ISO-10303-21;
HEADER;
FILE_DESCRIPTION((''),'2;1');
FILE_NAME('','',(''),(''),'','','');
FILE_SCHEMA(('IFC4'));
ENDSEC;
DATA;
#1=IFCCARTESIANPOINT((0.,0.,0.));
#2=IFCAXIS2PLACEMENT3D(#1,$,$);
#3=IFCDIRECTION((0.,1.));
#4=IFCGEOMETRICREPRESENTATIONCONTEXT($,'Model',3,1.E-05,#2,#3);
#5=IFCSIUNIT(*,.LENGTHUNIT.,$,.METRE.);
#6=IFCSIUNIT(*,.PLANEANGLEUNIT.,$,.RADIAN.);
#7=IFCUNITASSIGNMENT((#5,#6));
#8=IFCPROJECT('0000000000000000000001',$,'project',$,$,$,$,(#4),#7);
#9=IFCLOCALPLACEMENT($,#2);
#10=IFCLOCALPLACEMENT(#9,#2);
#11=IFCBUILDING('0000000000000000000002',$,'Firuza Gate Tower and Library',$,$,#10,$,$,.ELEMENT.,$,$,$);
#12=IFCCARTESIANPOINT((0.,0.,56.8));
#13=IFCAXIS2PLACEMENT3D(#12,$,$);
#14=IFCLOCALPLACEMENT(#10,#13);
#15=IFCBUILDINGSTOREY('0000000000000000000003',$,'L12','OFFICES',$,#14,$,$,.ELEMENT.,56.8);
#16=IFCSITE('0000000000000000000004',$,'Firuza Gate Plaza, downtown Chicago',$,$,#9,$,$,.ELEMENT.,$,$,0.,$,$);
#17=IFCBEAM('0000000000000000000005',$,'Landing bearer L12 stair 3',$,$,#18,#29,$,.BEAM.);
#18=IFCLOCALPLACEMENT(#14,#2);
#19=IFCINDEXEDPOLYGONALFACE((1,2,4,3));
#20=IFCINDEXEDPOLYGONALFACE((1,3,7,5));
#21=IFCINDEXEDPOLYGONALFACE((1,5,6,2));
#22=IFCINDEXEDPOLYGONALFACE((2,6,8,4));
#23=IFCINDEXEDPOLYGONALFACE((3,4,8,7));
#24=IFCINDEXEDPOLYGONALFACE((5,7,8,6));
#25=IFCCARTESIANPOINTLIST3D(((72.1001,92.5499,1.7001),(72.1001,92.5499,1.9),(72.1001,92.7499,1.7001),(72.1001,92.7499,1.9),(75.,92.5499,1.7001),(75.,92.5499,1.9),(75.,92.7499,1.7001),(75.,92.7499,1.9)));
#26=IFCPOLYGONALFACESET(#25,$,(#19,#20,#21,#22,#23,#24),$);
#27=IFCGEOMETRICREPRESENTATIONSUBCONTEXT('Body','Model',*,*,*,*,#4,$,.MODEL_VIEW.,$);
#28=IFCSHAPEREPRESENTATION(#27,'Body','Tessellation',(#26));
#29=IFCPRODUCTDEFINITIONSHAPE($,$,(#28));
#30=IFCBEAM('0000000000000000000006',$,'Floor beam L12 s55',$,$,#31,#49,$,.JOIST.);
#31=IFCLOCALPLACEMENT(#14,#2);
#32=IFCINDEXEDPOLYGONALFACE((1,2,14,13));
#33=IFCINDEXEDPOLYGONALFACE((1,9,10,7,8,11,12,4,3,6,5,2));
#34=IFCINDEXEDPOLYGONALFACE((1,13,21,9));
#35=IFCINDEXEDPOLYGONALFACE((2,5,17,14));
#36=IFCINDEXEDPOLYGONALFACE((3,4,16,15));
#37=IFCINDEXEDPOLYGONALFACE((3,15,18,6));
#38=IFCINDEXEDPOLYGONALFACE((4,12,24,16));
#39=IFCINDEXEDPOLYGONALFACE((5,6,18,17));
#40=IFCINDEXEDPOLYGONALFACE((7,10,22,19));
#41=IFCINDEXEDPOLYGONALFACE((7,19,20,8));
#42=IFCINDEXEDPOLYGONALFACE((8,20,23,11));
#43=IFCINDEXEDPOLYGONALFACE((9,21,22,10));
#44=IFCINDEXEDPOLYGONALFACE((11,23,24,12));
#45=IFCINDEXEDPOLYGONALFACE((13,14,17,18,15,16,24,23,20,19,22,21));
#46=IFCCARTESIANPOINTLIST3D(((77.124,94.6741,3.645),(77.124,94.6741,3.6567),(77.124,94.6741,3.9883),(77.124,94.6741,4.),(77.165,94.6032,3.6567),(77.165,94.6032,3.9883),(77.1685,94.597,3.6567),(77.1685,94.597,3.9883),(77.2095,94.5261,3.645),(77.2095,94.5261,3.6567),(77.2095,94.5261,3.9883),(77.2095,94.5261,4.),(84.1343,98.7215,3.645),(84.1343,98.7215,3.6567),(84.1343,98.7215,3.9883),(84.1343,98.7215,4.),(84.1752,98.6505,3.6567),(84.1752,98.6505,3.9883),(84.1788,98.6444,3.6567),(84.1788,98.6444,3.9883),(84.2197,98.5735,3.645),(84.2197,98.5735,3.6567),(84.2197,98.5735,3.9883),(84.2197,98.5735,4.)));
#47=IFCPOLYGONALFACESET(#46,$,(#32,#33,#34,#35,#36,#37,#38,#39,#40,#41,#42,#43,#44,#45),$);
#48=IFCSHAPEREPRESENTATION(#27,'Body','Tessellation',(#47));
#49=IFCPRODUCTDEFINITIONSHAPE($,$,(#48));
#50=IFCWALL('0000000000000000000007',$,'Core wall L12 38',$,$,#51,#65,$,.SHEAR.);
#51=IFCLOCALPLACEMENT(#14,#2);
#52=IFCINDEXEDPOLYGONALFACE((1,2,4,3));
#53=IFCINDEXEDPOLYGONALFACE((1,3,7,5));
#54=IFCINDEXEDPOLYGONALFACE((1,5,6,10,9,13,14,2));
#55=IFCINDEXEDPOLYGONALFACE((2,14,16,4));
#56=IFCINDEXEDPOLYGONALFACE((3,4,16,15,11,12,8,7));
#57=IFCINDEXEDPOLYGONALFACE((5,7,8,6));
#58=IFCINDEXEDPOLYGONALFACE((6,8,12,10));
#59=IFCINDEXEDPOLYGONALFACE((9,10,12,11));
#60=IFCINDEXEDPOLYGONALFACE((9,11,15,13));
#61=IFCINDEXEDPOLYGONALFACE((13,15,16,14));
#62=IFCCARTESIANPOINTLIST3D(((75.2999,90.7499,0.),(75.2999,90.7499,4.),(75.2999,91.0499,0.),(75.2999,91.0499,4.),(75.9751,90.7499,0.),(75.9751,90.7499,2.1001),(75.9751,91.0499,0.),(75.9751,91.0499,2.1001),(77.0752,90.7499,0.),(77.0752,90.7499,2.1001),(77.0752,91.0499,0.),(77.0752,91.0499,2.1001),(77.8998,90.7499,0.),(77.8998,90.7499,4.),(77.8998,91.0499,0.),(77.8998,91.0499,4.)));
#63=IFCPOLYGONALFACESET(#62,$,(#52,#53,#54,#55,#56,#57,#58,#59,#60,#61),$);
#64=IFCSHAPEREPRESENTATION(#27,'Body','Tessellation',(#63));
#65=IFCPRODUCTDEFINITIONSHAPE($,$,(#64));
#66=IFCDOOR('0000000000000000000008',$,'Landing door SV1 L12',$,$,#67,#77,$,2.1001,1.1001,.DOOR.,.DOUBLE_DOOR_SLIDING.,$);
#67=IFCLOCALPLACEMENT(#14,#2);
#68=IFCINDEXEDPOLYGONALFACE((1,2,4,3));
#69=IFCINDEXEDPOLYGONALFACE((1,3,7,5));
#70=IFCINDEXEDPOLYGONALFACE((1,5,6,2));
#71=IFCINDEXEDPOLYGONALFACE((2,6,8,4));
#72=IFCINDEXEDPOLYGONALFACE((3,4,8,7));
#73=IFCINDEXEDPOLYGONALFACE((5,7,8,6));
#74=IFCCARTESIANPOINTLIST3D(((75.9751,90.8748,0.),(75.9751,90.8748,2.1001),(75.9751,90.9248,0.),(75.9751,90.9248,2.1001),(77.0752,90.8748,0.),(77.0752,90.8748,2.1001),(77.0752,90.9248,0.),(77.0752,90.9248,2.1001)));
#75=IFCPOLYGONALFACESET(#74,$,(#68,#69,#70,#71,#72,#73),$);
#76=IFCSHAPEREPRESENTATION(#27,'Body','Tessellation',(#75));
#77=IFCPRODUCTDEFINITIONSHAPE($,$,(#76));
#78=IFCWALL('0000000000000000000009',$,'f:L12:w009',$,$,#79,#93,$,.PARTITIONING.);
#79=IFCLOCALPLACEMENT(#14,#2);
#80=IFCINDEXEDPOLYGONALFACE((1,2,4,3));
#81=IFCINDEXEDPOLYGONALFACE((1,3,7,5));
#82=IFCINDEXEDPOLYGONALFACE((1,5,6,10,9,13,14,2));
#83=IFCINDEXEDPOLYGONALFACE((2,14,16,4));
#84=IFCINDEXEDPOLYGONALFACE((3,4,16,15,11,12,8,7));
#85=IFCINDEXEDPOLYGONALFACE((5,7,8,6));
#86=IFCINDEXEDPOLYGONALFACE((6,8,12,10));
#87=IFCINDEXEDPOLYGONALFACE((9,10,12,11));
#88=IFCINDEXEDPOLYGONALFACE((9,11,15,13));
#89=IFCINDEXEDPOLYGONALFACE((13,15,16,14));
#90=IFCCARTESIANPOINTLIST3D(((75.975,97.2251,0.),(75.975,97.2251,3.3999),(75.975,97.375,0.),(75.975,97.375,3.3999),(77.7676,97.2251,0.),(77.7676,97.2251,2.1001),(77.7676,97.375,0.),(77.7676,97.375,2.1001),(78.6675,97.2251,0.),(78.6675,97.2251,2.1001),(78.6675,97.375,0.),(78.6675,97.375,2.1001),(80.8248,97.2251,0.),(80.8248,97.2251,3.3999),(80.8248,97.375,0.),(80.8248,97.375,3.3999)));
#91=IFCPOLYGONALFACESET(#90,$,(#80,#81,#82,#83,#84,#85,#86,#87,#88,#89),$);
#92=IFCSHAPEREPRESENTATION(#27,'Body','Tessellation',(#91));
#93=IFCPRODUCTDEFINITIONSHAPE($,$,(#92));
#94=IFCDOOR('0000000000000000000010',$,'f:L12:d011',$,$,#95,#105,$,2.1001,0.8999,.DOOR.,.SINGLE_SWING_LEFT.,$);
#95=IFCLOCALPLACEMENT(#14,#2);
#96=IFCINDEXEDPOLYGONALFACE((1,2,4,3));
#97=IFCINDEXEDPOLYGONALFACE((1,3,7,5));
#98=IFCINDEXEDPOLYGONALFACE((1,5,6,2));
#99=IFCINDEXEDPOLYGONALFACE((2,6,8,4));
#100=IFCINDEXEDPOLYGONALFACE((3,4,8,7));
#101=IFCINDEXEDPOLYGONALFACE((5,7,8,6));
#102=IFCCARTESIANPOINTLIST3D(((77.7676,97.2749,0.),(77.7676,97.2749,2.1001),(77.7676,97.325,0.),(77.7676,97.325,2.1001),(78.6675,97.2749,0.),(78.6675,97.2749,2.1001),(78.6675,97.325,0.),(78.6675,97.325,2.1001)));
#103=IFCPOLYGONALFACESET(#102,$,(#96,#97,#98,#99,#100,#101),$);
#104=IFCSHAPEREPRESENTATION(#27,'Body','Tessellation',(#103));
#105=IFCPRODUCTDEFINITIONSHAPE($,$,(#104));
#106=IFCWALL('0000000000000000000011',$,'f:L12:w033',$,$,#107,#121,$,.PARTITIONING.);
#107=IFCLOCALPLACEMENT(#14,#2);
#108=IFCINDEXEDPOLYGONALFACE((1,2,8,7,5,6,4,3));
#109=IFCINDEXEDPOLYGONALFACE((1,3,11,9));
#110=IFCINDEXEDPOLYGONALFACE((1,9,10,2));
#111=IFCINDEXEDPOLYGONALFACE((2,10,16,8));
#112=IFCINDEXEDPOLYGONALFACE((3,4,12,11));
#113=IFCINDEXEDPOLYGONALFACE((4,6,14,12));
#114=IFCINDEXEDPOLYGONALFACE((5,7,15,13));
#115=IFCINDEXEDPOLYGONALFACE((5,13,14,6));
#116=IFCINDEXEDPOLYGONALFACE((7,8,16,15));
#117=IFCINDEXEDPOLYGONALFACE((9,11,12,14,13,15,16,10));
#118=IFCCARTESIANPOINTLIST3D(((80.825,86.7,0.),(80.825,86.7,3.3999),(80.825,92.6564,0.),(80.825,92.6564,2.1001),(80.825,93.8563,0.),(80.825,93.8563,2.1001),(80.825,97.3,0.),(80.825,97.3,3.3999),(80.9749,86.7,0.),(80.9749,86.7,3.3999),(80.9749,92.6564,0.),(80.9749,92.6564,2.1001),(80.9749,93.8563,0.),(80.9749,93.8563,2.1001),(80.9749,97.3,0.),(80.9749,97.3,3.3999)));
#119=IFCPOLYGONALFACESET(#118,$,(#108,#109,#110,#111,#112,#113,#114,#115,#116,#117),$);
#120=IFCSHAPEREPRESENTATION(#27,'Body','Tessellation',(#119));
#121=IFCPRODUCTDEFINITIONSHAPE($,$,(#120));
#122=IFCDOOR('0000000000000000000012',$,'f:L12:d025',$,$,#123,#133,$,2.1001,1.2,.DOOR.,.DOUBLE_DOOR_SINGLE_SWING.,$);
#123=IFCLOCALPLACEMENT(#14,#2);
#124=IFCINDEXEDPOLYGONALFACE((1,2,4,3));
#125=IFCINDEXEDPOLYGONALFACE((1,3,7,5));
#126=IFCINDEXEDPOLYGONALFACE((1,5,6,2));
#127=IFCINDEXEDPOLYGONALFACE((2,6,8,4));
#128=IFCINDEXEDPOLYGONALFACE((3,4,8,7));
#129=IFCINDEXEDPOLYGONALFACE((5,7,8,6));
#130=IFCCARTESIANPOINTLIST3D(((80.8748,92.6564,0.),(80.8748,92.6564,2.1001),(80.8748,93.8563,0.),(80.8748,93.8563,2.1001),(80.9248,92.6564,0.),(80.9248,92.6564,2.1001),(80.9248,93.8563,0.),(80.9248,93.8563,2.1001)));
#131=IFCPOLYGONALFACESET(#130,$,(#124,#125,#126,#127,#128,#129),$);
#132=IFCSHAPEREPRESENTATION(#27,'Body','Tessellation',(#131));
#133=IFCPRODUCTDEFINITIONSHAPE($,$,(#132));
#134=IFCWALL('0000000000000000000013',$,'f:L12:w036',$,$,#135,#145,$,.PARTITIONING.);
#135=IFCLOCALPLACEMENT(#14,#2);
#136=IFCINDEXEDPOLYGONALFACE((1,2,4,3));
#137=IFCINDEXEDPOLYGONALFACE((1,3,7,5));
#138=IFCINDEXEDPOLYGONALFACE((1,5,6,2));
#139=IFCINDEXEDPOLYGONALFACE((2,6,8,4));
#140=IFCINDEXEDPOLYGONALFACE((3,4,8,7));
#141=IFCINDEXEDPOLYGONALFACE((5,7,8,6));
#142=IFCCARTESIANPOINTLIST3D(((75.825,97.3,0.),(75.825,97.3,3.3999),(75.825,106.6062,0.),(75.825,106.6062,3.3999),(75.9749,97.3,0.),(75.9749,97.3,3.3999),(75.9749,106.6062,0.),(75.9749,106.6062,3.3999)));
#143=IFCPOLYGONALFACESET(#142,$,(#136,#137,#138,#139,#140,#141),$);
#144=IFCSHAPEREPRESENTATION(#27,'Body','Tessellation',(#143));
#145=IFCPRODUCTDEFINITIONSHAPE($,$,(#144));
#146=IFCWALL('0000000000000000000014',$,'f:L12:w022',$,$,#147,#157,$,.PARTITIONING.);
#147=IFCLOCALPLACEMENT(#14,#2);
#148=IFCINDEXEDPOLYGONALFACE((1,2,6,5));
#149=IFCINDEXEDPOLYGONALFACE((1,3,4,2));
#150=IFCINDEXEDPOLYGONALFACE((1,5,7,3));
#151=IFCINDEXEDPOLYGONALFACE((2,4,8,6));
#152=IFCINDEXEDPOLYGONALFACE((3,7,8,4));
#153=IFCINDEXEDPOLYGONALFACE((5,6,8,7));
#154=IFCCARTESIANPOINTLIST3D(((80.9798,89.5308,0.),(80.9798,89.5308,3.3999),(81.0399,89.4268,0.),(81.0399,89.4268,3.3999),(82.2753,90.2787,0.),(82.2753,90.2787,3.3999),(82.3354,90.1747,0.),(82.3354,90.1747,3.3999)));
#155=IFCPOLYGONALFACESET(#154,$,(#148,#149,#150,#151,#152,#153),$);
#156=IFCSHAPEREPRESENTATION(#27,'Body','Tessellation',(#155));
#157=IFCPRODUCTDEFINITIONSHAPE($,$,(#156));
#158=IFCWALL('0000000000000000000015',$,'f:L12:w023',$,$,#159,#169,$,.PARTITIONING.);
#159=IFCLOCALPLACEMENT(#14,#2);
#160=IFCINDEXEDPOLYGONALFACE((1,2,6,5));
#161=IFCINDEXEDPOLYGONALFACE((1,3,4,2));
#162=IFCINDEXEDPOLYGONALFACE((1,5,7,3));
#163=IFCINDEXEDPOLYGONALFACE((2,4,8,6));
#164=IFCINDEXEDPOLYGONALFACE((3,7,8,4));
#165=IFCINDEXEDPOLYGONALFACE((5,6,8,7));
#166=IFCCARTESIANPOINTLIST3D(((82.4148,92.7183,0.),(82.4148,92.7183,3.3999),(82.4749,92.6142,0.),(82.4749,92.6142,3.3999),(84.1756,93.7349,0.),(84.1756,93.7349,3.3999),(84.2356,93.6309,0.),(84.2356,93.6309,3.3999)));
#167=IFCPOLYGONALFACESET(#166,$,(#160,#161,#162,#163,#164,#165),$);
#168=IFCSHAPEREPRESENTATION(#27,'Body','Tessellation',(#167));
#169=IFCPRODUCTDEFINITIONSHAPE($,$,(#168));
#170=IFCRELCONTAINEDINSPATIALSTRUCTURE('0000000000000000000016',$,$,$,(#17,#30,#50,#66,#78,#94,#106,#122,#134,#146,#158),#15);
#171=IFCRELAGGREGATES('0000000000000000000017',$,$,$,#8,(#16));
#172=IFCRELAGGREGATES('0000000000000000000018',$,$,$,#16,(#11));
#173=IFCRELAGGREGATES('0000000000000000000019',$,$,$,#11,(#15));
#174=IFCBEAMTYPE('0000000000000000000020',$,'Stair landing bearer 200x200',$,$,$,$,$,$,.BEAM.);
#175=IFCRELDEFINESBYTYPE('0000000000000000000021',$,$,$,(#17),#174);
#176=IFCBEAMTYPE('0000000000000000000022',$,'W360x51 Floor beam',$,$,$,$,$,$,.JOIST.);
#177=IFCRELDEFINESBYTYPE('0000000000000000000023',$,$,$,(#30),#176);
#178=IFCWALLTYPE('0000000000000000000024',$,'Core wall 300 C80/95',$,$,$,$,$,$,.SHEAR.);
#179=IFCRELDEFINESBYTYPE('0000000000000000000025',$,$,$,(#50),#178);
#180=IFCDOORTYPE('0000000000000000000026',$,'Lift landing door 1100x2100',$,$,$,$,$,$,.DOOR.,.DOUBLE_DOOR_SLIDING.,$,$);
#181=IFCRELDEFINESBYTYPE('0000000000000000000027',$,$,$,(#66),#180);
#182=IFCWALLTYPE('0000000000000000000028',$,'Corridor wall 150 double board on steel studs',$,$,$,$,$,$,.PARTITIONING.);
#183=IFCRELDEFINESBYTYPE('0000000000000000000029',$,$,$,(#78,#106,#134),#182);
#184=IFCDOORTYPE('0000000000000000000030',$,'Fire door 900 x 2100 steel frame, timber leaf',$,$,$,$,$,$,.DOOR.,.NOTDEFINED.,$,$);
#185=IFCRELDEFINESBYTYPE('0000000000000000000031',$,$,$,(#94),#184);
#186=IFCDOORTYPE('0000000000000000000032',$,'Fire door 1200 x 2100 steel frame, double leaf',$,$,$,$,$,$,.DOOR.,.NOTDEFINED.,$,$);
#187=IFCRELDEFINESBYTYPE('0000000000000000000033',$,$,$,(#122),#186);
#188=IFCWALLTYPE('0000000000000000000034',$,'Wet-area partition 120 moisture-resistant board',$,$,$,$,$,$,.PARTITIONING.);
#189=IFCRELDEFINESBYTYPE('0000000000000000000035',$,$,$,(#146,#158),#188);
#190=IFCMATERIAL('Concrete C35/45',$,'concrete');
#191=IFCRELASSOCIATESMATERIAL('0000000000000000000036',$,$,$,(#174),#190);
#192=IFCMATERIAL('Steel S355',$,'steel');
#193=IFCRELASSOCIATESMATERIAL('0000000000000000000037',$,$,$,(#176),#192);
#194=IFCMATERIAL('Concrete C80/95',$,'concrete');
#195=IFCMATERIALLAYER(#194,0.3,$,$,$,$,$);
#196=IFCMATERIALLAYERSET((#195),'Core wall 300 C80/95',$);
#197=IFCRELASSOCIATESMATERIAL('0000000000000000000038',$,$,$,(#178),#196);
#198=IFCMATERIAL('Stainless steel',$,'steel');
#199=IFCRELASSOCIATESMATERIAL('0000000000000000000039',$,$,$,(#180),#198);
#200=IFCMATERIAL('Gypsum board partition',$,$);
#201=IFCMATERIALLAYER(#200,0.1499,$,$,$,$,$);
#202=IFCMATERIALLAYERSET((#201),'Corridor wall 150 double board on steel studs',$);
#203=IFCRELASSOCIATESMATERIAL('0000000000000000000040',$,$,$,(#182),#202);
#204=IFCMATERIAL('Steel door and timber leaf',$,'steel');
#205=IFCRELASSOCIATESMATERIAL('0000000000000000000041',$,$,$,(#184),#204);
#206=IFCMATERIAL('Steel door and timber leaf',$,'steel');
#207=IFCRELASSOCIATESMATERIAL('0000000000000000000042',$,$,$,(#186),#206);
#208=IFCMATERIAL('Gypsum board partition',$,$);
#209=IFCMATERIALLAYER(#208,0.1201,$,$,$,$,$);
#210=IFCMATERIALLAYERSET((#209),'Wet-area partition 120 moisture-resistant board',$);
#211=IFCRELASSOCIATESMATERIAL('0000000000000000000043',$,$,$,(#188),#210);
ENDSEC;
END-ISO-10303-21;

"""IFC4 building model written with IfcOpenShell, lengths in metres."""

from ifc_helpers import new_model, si_unit, direction, frame, frame_2d, origin, origin_2d, place, context, subcontext, project, spatial, rectangle, i_section, extrude, material, layer, layer_set, material_profile, profile_set, type_object, element, fill, save


model = new_model("IFC4")

# Units and contexts
model_context = context("Model", 3, precision=1e-05, world=origin(), true_north=direction((0.0, 1.0)))
body_context = subcontext(model_context, "Body", "Model", "MODEL_VIEW")
ifc_project = project(units=[si_unit("LENGTHUNIT", "METRE"), si_unit("PLANEANGLEUNIT", "RADIAN")], contexts=[model_context])

# Site, building, storey
site_placement = place(None, origin())
site = spatial("IfcSite", under=ifc_project, at=site_placement, Name="Firuza Gate Plaza, downtown Chicago", CompositionType="ELEMENT", RefElevation=0.0)
building_placement = place(site_placement, origin())
building = spatial("IfcBuilding", under=site, at=building_placement, Name="Firuza Gate Tower and Library", CompositionType="ELEMENT")
storey_placement = place(building_placement, frame((0.0, 0.0, 56.8)))
storey = spatial("IfcBuildingStorey", under=building, at=storey_placement, Name="L12", Description="OFFICES", CompositionType="ELEMENT", Elevation=56.8)

# Beams
ifc_material_1 = material(Name="Concrete C35/45", Category="concrete")
ifc_material_profile_1 = material_profile(ifc_material_1, rectangle(XDim=0.2, YDim=0.2, at=origin_2d()))
ifc_profile_set_1 = profile_set([ifc_material_profile_1], Name="Concrete C35/45")
beam_type_1 = type_object("IfcBeamType", Name="Stair landing bearer 200x200", PredefinedType="BEAM", material=ifc_profile_set_1)
beam_1_placement = place(storey_placement, frame((75.0, 92.6499, 1.8), z_axis=(-1.0, 0.0, 0.0), x_axis=(0.0, -1.0, 0.0)))
element("IfcBeam", 1, at=beam_1_placement, inside=storey, type_object=beam_type_1, Name="Landing bearer L12 stair 3", PredefinedType="BEAM", context=body_context, shape_type="SweptSolid", body=[
    extrude(rectangle(XDim=0.2, YDim=0.2, at=origin_2d()), origin(), (0.0, 0.0, 1.0), 2.8999),
])
ifc_material_2 = material(Name="Steel S355", Category="steel")
ifc_material_profile_2 = material_profile(ifc_material_2, i_section(OverallWidth=0.1709, OverallDepth=0.355, WebThickness=0.0071, FlangeThickness=0.0117, at=origin_2d()))
ifc_profile_set_2 = profile_set([ifc_material_profile_2], Name="Steel S355")
beam_type_2 = type_object("IfcBeamType", Name="W360x51 Floor beam", PredefinedType="JOIST", material=ifc_profile_set_2)
beam_2_placement = place(storey_placement, frame((84.177, 98.6475, 3.8225), z_axis=(-0.866026, -0.499999, 0.0), x_axis=(0.499999, -0.866026, 0.0)))
element("IfcBeam", 2, at=beam_2_placement, inside=storey, type_object=beam_type_2, Name="Floor beam L12 s55", PredefinedType="JOIST", context=body_context, shape_type="SweptSolid", body=[
    extrude(i_section(OverallWidth=0.1709, OverallDepth=0.355, WebThickness=0.0071, FlangeThickness=0.0117, at=origin_2d()), origin(), (0.0, 0.0, 1.0), 8.0947),
])

# Walls, openings, doors
ifc_material_3 = material(Name="Concrete C80/95", Category="concrete")
ifc_layer_1 = layer(ifc_material_3, 0.3)
ifc_layer_set_1 = layer_set([ifc_layer_1], Name="Core wall 300 C80/95")
wall_type_1 = type_object("IfcWallType", Name="Core wall 300 C80/95", PredefinedType="SHEAR", material=ifc_layer_set_1)
wall_1_placement = place(storey_placement, frame((75.3, 90.8999, 0.0), z_axis=(0.0, 0.0, 1.0), x_axis=(1.0, 0.0, 0.0)))
wall_1 = element("IfcWall", 3, at=wall_1_placement, inside=storey, type_object=wall_type_1, Name="Core wall L12 38", PredefinedType="SHEAR", context=body_context, shape_type="SweptSolid", body=[
    extrude(rectangle(XDim=2.5999, YDim=0.3, at=frame_2d((1.2998, 0.0))), origin(), (0.0, 0.0, 1.0), 4.0),
])
opening_1_placement = place(wall_1_placement, frame((0.675, 0.0, 0.0)))
opening_1 = element("IfcOpeningElement", 4, at=opening_1_placement, cuts=wall_1, PredefinedType="OPENING", context=body_context, shape_type="SweptSolid", body=[
    extrude(rectangle(XDim=1.1001, YDim=2.1001, at=frame_2d((0.55, 1.05))), frame((0.0, 0.1602, 0.0), z_axis=(0.0, -1.0, 0.0), x_axis=(1.0, 0.0, 0.0)), (0.0, 0.0, 1.0), 0.3201),
])
ifc_material_4 = material(Name="Stainless steel", Category="steel")
door_type_1 = type_object("IfcDoorType", Name="Lift landing door 1100x2100", OperationType="DOUBLE_DOOR_SLIDING", PredefinedType="DOOR", material=ifc_material_4)
door_1_placement = place(opening_1_placement, origin())
door_1 = element("IfcDoor", 5, at=door_1_placement, inside=storey, type_object=door_type_1, Name="Landing door SV1 L12", OperationType="DOUBLE_DOOR_SLIDING", OverallHeight=2.1001, OverallWidth=1.1001, PredefinedType="DOOR", context=body_context, shape_type="SweptSolid", body=[
    extrude(rectangle(XDim=1.1001, YDim=2.1001, at=frame_2d((0.55, 1.05))), frame((0.0, 0.0249, 0.0), z_axis=(0.0, -1.0, 0.0), x_axis=(1.0, 0.0, 0.0)), (0.0, 0.0, 1.0), 0.05),
])
fill(opening_1, door_1)
ifc_material_5 = material(Name="Gypsum board partition")
ifc_layer_2 = layer(ifc_material_5, 0.1499)
ifc_layer_set_2 = layer_set([ifc_layer_2], Name="Corridor wall 150 double board on steel studs")
wall_type_2 = type_object("IfcWallType", Name="Corridor wall 150 double board on steel studs", PredefinedType="PARTITIONING", material=ifc_layer_set_2)
wall_2_placement = place(storey_placement, frame((75.9751, 97.3, 0.0), z_axis=(0.0, 0.0, 1.0), x_axis=(1.0, 0.0, 0.0)))
wall_2 = element("IfcWall", 6, at=wall_2_placement, inside=storey, type_object=wall_type_2, Name="f:L12:w009", PredefinedType="PARTITIONING", context=body_context, shape_type="SweptSolid", body=[
    extrude(rectangle(XDim=4.8499, YDim=0.1499, at=frame_2d((2.4248, 0.0))), origin(), (0.0, 0.0, 1.0), 3.3999),
])
opening_2_placement = place(wall_2_placement, frame((1.7925, 0.0, 0.0)))
opening_2 = element("IfcOpeningElement", 7, at=opening_2_placement, cuts=wall_2, PredefinedType="OPENING", context=body_context, shape_type="SweptSolid", body=[
    extrude(rectangle(XDim=0.8999, YDim=2.1001, at=frame_2d((0.45, 1.05))), frame((0.0, 0.085, 0.0), z_axis=(0.0, -1.0, 0.0), x_axis=(1.0, 0.0, 0.0)), (0.0, 0.0, 1.0), 0.1699),
])
ifc_material_6 = material(Name="Steel door and timber leaf", Category="steel")
door_type_2 = type_object("IfcDoorType", Name="Fire door 900 x 2100 steel frame, timber leaf", OperationType="NOTDEFINED", PredefinedType="DOOR", material=ifc_material_6)
door_2_placement = place(opening_2_placement, origin())
door_2 = element("IfcDoor", 8, at=door_2_placement, inside=storey, type_object=door_type_2, Name="f:L12:d011", OperationType="SINGLE_SWING_LEFT", OverallHeight=2.1001, OverallWidth=0.8999, PredefinedType="DOOR", context=body_context, shape_type="SweptSolid", body=[
    extrude(rectangle(XDim=0.8999, YDim=2.1001, at=frame_2d((0.45, 1.05))), frame((0.0, 0.0249, 0.0), z_axis=(0.0, -1.0, 0.0), x_axis=(1.0, 0.0, 0.0)), (0.0, 0.0, 1.0), 0.05),
])
fill(opening_2, door_2)
wall_3_placement = place(storey_placement, frame((80.8999, 97.3, 0.0), z_axis=(0.0, 0.0, 1.0), x_axis=(0.0, -1.0, 0.0)))
wall_3 = element("IfcWall", 9, at=wall_3_placement, inside=storey, type_object=wall_type_2, Name="f:L12:w033", PredefinedType="PARTITIONING", context=body_context, shape_type="SweptSolid", body=[
    extrude(rectangle(XDim=10.6001, YDim=0.1499, at=frame_2d((5.3, 0.0))), origin(), (0.0, 0.0, 1.0), 3.3999),
])
opening_3_placement = place(wall_3_placement, frame((3.4436, 0.0, 0.0)))
opening_3 = element("IfcOpeningElement", 10, at=opening_3_placement, cuts=wall_3, PredefinedType="OPENING", context=body_context, shape_type="SweptSolid", body=[
    extrude(rectangle(XDim=1.2, YDim=2.1001, at=frame_2d((0.6001, 1.05))), frame((0.0, 0.085, 0.0), z_axis=(0.0, -1.0, 0.0), x_axis=(1.0, 0.0, 0.0)), (0.0, 0.0, 1.0), 0.1699),
])
ifc_material_7 = material(Name="Steel door and timber leaf", Category="steel")
door_type_3 = type_object("IfcDoorType", Name="Fire door 1200 x 2100 steel frame, double leaf", OperationType="NOTDEFINED", PredefinedType="DOOR", material=ifc_material_7)
door_3_placement = place(opening_3_placement, origin())
door_3 = element("IfcDoor", 11, at=door_3_placement, inside=storey, type_object=door_type_3, Name="f:L12:d025", OperationType="DOUBLE_DOOR_SINGLE_SWING", OverallHeight=2.1001, OverallWidth=1.2, PredefinedType="DOOR", context=body_context, shape_type="SweptSolid", body=[
    extrude(rectangle(XDim=1.2, YDim=2.1001, at=frame_2d((0.6001, 1.05))), frame((0.0, 0.0249, 0.0), z_axis=(0.0, -1.0, 0.0), x_axis=(1.0, 0.0, 0.0)), (0.0, 0.0, 1.0), 0.05),
])
fill(opening_3, door_3)

# Walls
wall_4_placement = place(storey_placement, frame((75.8999, 97.3, 0.0), z_axis=(0.0, 0.0, 1.0), x_axis=(0.0, 1.0, 0.0)))
element("IfcWall", 12, at=wall_4_placement, inside=storey, type_object=wall_type_2, Name="f:L12:w036", PredefinedType="PARTITIONING", context=body_context, shape_type="SweptSolid", body=[
    extrude(rectangle(XDim=9.3062, YDim=0.1499, at=frame_2d((4.6531, 0.0))), origin(), (0.0, 0.0, 1.0), 3.3999),
])
ifc_material_8 = material(Name="Gypsum board partition")
ifc_layer_3 = layer(ifc_material_8, 0.1201)
ifc_layer_set_3 = layer_set([ifc_layer_3], Name="Wet-area partition 120 moisture-resistant board")
wall_type_3 = type_object("IfcWallType", Name="Wet-area partition 120 moisture-resistant board", PredefinedType="PARTITIONING", material=ifc_layer_set_3)
wall_5_placement = place(storey_placement, frame((81.0098, 89.4788, 0.0), z_axis=(0.0, 0.0, 1.0), x_axis=(0.866055, 0.499949, 0.0)))
element("IfcWall", 13, at=wall_5_placement, inside=storey, type_object=wall_type_3, Name="f:L12:w022", PredefinedType="PARTITIONING", context=body_context, shape_type="SweptSolid", body=[
    extrude(rectangle(XDim=1.4958, YDim=0.1201, at=frame_2d((0.748, 0.0))), origin(), (0.0, 0.0, 1.0), 3.3999),
])
for number, where, z_axis, x_axis, name in (
    (14, (82.4448, 92.6663, 0.0), (0.0, 0.0, 1.0), (0.866018, 0.500013, 0.0), "f:L12:w023"),
):
    element("IfcWall", number, at=place(storey_placement, frame(where, z_axis=z_axis, x_axis=x_axis)), inside=storey, type_object=wall_type_3, Name=name, PredefinedType="PARTITIONING", context=body_context, shape_type="SweptSolid", body=[
        extrude(rectangle(XDim=2.0332, YDim=0.1201, at=frame_2d((1.0166, 0.0))), origin(), (0.0, 0.0, 1.0), 3.3999),
    ])

save(model, "model.ifc")
